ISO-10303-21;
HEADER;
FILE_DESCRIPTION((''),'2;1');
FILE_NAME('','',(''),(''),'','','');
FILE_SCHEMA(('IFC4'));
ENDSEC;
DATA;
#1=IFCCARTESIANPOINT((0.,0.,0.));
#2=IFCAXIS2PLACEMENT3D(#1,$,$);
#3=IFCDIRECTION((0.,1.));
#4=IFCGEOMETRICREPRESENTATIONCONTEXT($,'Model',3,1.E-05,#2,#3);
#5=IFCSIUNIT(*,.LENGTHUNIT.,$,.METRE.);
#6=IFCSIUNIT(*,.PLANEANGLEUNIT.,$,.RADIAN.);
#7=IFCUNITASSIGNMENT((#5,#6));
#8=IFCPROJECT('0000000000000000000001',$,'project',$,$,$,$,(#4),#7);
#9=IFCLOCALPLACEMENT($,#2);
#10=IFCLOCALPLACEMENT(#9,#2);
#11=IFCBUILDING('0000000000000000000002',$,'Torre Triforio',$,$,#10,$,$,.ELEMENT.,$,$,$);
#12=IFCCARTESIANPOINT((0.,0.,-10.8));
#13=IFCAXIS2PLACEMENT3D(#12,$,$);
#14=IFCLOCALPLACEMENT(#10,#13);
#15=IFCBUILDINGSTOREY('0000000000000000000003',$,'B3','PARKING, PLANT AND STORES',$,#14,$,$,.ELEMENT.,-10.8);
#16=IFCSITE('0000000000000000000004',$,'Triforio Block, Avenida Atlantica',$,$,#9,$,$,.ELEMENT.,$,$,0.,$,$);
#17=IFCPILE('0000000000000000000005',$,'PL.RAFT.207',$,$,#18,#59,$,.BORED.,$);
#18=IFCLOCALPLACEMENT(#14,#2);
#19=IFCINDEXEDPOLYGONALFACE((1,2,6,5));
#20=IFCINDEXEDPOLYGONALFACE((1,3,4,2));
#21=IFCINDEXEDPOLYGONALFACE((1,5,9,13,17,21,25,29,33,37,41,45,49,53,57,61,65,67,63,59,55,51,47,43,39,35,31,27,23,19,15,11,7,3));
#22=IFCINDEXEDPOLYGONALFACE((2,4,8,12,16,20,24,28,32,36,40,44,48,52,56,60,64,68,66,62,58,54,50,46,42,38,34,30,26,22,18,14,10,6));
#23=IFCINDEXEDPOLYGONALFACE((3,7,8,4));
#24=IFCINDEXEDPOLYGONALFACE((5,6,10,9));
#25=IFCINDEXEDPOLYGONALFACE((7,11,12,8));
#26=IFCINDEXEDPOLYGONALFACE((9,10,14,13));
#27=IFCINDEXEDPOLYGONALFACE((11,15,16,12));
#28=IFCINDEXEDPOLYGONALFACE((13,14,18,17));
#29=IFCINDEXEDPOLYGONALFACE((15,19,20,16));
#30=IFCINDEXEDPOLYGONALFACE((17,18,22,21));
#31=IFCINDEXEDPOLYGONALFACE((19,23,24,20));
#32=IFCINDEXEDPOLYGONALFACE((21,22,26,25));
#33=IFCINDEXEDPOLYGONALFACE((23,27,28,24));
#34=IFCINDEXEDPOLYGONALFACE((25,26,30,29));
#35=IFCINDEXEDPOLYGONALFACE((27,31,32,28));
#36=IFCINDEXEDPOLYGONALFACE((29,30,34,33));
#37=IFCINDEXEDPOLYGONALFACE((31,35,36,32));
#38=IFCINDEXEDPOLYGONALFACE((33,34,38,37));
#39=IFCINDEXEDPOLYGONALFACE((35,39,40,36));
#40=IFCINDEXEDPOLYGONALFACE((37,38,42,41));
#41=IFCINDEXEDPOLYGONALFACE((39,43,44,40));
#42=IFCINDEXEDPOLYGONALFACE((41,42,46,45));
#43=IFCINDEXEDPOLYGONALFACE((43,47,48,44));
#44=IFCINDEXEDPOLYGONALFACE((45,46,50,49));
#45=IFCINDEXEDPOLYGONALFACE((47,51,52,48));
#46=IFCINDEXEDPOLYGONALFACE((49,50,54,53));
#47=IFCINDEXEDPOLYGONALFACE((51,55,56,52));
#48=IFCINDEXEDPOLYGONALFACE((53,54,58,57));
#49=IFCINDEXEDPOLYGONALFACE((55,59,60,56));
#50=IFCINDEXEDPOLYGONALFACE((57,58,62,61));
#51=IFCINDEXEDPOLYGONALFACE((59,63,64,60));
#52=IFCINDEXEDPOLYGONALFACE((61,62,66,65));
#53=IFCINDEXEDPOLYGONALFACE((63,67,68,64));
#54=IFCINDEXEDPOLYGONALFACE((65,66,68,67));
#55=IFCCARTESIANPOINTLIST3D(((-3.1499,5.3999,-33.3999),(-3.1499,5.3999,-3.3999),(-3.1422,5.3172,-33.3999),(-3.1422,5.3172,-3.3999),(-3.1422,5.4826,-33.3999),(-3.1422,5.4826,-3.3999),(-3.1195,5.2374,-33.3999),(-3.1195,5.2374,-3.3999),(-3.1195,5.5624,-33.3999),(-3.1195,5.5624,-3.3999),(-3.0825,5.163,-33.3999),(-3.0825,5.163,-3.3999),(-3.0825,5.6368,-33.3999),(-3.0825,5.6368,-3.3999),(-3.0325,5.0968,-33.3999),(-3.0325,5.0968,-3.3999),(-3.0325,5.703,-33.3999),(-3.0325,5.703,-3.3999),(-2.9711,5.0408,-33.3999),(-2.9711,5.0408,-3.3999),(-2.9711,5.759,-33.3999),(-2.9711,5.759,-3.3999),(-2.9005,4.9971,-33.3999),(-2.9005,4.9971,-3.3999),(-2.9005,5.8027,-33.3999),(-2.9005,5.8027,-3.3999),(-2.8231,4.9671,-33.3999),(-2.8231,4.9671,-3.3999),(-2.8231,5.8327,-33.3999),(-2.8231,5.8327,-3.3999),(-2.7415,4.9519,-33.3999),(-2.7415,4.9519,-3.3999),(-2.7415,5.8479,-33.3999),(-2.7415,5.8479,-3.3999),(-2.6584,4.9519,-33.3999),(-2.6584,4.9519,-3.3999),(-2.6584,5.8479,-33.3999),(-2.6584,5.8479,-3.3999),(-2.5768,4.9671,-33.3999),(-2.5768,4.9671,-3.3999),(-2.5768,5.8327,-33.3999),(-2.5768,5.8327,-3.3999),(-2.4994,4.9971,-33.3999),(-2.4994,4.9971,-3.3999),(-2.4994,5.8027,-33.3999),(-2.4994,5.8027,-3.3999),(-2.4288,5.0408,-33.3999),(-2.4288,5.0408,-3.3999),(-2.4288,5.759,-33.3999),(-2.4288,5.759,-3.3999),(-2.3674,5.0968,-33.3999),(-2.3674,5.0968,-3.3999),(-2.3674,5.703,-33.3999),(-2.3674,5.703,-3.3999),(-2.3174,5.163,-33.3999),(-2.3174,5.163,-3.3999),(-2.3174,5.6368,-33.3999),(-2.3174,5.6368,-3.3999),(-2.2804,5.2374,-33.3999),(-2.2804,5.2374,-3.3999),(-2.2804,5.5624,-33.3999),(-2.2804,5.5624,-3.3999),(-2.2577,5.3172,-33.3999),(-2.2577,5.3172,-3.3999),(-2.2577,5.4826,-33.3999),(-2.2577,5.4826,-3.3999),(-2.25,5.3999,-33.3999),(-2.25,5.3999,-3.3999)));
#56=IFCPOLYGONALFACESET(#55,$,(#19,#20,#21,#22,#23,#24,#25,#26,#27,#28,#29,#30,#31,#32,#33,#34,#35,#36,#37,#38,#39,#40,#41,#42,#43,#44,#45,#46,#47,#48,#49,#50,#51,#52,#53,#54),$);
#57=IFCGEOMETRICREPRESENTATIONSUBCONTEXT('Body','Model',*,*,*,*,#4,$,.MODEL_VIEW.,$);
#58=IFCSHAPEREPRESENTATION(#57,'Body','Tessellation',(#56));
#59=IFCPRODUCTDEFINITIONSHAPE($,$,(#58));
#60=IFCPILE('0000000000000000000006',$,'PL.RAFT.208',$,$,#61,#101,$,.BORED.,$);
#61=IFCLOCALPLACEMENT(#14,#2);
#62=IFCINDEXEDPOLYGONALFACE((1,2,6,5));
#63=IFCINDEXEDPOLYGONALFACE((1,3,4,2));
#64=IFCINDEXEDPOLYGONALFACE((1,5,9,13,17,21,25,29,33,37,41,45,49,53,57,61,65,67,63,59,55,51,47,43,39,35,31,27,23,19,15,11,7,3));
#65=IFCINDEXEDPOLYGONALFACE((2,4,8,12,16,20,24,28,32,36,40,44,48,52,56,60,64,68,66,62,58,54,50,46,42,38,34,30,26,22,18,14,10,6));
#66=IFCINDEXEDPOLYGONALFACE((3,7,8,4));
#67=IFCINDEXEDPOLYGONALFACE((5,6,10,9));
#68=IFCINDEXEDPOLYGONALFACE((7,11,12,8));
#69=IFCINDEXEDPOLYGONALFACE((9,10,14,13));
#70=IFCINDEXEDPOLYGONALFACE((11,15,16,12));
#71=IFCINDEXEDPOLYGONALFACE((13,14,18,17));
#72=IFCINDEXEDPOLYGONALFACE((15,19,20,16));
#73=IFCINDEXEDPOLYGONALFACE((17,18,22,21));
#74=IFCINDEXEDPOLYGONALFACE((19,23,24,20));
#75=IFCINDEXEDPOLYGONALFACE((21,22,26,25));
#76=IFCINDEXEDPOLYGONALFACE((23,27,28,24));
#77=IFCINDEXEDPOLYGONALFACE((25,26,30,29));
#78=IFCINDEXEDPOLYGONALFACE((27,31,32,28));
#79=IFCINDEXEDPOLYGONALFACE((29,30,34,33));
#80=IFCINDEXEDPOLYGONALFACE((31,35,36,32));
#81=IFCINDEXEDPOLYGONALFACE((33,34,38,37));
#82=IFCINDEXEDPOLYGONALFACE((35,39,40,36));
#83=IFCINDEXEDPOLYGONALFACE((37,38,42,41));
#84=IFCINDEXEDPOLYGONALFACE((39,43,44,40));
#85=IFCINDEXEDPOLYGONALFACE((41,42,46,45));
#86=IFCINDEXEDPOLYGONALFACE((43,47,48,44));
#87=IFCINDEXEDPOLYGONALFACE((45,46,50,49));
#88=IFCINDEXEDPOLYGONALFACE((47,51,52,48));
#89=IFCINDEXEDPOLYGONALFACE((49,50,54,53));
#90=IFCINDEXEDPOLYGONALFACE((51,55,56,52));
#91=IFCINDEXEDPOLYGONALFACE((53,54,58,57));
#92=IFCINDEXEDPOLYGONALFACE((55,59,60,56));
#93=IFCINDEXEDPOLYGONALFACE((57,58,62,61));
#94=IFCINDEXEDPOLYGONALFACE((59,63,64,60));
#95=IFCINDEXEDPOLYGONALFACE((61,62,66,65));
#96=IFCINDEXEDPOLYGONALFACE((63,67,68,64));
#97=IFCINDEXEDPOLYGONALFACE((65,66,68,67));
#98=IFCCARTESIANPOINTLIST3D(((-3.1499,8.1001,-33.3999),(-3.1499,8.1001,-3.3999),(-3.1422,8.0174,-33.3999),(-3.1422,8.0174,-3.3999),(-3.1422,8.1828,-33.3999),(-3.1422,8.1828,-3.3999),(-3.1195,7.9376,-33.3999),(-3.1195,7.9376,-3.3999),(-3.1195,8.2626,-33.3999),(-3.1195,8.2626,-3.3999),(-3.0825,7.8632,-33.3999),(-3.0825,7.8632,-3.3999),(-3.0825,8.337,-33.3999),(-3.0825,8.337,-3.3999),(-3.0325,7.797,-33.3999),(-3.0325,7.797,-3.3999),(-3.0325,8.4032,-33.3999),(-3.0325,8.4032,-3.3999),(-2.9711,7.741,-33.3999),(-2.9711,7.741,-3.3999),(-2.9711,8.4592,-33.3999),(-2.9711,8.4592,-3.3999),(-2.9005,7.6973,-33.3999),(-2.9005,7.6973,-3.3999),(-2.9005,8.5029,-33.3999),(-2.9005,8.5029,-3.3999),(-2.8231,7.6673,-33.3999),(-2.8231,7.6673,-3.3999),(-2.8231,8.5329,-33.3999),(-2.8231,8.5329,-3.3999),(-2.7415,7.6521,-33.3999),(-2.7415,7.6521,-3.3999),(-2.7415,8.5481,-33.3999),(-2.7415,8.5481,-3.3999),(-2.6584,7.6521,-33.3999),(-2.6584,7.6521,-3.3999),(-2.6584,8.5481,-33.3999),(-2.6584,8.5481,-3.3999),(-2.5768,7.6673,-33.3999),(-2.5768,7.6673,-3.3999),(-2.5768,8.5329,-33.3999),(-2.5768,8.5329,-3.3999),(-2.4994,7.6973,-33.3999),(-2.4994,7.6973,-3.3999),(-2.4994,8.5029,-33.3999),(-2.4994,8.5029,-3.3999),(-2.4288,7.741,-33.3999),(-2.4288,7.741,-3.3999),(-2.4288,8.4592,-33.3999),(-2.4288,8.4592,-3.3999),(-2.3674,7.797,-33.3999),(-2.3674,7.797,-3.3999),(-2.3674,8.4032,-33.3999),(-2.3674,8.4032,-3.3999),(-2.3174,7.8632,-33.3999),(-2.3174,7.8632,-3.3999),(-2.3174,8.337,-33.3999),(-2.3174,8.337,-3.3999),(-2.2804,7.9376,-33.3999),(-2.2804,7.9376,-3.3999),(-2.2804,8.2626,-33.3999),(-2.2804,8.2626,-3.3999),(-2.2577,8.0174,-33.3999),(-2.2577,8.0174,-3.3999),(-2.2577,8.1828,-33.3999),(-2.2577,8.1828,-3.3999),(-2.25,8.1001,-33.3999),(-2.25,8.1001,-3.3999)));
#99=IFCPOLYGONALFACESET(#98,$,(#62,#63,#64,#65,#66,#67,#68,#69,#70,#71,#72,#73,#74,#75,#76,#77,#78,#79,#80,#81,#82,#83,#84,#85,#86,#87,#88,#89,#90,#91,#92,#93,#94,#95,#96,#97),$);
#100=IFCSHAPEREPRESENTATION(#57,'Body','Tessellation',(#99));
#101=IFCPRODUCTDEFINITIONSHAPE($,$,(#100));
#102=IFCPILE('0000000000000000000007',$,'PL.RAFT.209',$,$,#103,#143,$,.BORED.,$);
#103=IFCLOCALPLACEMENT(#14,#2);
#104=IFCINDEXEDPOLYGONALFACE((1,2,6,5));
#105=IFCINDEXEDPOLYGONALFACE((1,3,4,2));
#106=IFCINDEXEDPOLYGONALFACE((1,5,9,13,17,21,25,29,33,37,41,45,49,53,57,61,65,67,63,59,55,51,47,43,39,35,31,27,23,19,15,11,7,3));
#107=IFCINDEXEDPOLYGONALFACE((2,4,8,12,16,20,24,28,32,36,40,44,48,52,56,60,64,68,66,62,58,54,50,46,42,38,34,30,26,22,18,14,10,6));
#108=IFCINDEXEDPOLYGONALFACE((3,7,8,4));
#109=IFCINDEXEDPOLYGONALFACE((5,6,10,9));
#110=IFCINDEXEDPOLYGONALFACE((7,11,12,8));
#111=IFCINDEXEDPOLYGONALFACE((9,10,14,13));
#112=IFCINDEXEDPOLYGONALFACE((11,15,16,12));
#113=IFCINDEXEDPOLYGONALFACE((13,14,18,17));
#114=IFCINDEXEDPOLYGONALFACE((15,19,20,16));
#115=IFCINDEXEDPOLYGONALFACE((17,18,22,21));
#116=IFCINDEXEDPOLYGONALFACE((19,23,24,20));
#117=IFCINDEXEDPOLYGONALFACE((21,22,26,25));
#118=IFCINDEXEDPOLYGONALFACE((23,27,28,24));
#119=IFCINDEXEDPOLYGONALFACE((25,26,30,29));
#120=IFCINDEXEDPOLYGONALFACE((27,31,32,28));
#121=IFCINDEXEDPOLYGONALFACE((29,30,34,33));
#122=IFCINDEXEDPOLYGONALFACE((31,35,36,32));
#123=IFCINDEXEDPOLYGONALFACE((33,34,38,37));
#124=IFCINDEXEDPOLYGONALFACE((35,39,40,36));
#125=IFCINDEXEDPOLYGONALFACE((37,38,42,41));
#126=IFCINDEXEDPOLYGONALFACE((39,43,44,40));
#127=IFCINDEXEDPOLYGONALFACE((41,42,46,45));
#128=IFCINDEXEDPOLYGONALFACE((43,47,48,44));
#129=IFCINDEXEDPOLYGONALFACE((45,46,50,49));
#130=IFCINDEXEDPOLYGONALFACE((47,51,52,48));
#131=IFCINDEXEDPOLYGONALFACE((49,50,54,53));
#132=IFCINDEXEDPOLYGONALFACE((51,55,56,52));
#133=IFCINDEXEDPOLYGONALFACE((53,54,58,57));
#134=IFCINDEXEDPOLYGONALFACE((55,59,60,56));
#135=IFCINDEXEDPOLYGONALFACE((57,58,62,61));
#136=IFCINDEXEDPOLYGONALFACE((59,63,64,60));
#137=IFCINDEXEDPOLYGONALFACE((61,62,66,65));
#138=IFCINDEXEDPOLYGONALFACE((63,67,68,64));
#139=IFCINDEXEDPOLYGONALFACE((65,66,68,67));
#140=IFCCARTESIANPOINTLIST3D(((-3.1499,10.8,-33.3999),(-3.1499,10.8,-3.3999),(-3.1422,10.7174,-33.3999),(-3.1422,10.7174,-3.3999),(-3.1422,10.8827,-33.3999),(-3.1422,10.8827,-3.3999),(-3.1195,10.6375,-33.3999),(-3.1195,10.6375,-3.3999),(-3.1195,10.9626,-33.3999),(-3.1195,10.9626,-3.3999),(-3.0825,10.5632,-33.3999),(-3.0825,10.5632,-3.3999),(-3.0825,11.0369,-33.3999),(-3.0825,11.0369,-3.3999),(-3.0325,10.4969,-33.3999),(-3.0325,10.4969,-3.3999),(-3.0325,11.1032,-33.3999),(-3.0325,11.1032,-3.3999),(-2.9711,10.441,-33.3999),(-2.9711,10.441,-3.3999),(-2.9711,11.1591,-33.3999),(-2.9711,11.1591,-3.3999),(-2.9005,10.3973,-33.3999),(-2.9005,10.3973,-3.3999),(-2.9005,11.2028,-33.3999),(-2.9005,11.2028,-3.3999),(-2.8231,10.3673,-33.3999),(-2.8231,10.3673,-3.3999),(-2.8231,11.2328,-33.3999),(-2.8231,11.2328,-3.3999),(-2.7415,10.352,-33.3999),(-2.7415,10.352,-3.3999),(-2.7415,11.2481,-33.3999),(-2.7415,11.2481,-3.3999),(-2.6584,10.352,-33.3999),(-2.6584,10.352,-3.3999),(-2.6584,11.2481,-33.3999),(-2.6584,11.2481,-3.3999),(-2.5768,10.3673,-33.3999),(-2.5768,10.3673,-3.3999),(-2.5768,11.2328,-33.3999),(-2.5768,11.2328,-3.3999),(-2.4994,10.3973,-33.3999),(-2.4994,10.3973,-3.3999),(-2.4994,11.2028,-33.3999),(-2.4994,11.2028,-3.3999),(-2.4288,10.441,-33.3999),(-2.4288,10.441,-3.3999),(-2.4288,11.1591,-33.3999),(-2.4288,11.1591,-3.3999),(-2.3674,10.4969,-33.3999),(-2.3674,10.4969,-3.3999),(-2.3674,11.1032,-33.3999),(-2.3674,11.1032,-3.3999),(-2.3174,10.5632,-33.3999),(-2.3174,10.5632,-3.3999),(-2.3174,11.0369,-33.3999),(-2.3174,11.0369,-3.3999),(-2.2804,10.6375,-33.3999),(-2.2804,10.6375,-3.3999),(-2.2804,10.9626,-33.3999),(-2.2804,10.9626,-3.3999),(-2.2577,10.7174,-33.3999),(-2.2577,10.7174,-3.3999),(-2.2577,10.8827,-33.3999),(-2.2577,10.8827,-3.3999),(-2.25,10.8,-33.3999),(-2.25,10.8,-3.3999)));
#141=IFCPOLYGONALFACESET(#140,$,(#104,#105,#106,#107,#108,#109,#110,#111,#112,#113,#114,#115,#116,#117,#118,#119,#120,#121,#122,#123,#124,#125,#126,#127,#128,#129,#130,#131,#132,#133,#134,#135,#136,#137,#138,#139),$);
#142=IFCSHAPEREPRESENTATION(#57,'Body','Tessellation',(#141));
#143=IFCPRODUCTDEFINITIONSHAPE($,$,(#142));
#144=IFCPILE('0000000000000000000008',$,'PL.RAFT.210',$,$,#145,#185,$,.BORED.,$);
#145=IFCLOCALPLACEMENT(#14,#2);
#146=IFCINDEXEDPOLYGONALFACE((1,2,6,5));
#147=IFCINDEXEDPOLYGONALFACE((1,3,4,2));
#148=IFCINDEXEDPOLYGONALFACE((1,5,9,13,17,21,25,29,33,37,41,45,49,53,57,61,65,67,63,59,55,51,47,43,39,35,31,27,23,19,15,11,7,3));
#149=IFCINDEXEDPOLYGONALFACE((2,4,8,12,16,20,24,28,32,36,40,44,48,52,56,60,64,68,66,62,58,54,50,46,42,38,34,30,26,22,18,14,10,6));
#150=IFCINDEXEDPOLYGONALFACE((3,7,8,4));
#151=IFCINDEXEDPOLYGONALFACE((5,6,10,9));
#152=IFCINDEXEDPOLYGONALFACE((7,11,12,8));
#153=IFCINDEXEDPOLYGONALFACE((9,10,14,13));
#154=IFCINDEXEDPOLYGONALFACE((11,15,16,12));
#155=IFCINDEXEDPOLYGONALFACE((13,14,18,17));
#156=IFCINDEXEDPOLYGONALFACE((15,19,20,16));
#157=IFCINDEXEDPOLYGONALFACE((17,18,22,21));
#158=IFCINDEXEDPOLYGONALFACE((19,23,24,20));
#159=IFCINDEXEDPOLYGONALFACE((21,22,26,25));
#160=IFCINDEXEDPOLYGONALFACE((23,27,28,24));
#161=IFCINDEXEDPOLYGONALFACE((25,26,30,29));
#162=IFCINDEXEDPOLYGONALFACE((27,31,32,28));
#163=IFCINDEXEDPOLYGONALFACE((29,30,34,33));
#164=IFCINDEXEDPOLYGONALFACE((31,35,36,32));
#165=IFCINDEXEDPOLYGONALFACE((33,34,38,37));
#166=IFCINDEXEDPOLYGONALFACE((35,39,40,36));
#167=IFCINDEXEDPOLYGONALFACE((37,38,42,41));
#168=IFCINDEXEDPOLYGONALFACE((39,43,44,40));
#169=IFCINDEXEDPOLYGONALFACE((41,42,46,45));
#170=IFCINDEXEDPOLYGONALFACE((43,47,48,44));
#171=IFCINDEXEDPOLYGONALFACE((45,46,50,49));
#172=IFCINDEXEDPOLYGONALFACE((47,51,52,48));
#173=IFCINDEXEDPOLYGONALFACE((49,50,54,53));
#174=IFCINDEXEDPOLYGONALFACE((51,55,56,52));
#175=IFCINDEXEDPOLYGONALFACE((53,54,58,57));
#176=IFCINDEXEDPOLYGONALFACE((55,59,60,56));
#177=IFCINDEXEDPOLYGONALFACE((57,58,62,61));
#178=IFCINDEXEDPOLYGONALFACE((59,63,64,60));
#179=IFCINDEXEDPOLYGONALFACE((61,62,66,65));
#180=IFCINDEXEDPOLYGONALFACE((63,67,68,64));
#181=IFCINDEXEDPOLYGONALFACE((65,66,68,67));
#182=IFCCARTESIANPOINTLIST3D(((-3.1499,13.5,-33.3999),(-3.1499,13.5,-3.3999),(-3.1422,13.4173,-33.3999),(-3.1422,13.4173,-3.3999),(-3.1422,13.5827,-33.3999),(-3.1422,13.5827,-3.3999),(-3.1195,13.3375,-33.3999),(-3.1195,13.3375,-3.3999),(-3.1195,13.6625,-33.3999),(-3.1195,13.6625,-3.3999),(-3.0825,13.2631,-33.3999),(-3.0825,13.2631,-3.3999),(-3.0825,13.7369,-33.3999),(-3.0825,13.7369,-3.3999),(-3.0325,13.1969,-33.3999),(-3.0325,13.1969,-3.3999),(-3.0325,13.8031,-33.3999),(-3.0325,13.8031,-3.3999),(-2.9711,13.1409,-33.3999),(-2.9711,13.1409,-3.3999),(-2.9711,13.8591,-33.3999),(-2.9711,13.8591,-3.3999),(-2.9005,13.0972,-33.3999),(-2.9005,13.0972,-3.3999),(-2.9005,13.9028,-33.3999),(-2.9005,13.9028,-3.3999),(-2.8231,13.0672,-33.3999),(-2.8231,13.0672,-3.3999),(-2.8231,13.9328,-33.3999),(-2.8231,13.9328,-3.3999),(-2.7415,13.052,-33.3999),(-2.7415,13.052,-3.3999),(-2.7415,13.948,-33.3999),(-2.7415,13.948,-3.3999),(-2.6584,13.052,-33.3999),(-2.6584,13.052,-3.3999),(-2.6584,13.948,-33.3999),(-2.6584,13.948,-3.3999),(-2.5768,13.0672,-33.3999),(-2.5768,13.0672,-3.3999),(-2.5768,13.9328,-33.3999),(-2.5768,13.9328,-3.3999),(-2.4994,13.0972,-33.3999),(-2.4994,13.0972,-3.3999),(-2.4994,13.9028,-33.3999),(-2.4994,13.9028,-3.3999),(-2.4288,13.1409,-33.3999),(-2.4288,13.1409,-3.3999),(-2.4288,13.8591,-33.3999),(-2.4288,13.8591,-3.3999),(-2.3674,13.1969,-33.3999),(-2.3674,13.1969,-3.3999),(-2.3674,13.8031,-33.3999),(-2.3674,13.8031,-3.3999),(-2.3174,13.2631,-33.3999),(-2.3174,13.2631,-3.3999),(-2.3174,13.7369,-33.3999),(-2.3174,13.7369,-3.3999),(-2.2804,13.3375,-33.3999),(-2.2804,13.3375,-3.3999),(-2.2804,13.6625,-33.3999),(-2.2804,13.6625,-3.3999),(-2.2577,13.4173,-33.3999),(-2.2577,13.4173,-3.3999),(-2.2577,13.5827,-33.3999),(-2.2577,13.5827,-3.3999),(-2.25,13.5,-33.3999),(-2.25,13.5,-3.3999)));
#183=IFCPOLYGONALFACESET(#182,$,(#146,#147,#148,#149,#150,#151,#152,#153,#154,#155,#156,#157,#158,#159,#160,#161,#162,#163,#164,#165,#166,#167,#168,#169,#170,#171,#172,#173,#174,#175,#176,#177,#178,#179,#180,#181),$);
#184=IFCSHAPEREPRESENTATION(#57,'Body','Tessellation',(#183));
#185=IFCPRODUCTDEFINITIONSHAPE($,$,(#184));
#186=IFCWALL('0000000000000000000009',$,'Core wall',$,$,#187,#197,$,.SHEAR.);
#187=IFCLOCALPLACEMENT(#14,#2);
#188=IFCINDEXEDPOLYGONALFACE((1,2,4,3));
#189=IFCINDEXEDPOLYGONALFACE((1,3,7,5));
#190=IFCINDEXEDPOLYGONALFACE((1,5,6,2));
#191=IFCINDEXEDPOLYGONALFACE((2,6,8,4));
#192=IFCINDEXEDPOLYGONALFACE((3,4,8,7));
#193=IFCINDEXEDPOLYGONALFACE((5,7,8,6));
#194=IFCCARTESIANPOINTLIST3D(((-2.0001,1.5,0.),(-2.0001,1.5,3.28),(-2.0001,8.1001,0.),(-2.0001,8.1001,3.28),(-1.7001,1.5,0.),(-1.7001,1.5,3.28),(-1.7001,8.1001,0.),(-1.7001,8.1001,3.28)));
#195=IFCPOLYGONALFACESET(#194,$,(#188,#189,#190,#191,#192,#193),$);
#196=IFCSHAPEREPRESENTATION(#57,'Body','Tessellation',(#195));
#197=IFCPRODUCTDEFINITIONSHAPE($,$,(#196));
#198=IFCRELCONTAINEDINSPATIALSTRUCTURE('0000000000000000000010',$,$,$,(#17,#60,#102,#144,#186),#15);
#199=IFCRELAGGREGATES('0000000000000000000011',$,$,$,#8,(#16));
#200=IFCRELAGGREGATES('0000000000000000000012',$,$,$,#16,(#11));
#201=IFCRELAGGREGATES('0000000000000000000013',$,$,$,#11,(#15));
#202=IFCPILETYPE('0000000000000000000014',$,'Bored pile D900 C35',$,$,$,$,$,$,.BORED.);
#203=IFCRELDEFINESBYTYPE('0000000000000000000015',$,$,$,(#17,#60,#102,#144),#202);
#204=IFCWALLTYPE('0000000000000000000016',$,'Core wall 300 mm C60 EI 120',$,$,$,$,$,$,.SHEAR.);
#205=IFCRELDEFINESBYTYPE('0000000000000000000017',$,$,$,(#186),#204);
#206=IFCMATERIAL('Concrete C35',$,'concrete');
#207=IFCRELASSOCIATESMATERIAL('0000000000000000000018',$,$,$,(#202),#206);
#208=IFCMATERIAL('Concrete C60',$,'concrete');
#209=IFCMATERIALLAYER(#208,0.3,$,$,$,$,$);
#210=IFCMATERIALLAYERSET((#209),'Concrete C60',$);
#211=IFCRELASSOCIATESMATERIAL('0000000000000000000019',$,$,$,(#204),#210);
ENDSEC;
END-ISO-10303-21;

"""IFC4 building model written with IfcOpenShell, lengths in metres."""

from ifc_helpers import new_model, si_unit, direction, frame, frame_2d, origin, origin_2d, place, context, subcontext, project, spatial, rectangle, circle, extrude, material, layer, layer_set, material_profile, profile_set, type_object, element, save


model = new_model("IFC4")

# Units and contexts
model_context = context("Model", 3, precision=1e-05, world=origin(), true_north=direction((0.0, 1.0)))
body_context = subcontext(model_context, "Body", "Model", "MODEL_VIEW")
ifc_project = project(units=[si_unit("LENGTHUNIT", "METRE"), si_unit("PLANEANGLEUNIT", "RADIAN")], contexts=[model_context])

# Site, building, storey
site_placement = place(None, origin())
site = spatial("IfcSite", under=ifc_project, at=site_placement, Name="Triforio Block, Avenida Atlantica", CompositionType="ELEMENT", RefElevation=0.0)
building_placement = place(site_placement, origin())
building = spatial("IfcBuilding", under=site, at=building_placement, Name="Torre Triforio", CompositionType="ELEMENT")
storey_placement = place(building_placement, frame((0.0, 0.0, -10.8)))
storey = spatial("IfcBuildingStorey", under=building, at=storey_placement, Name="B3", Description="PARKING, PLANT AND STORES", CompositionType="ELEMENT", Elevation=-10.8)

# Piles
ifc_material_1 = material(Name="Concrete C35", Category="concrete")
ifc_material_profile = material_profile(ifc_material_1, circle(Radius=0.45, at=origin_2d()), Name="RC D900")
ifc_profile_set = profile_set([ifc_material_profile], Name="Concrete C35")
pile_type = type_object("IfcPileType", Name="Bored pile D900 C35", PredefinedType="BORED", material=ifc_profile_set)
for number, where, z_axis, x_axis, name in (
    (1, (-2.7, 5.3999, -3.3999), (0.0, 0.0, -1.0), (1.0, 0.0, 0.0), "PL.RAFT.207"),
    (2, (-2.7, 8.1001, -3.3999), (0.0, 0.0, -1.0), (1.0, 0.0, 0.0), "PL.RAFT.208"),
    (3, (-2.7, 10.8, -3.3999), (0.0, 0.0, -1.0), (1.0, 0.0, 0.0), "PL.RAFT.209"),
    (4, (-2.7, 13.5, -3.3999), (0.0, 0.0, -1.0), (1.0, 0.0, 0.0), "PL.RAFT.210"),
):
    element("IfcPile", number, at=place(storey_placement, frame(where, z_axis=z_axis, x_axis=x_axis)), inside=storey, type_object=pile_type, Name=name, PredefinedType="BORED", context=body_context, shape_type="SweptSolid", body=[
        extrude(circle(Radius=0.45, at=origin_2d()), origin(), (0.0, 0.0, 1.0), 30.0),
    ])

# Wall
ifc_material_2 = material(Name="Concrete C60", Category="concrete")
ifc_layer_1 = layer(ifc_material_2, 0.3)
ifc_layer_set_1 = layer_set([ifc_layer_1], Name="Concrete C60")
wall_type_1 = type_object("IfcWallType", Name="Core wall 300 mm C60 EI 120", PredefinedType="SHEAR", material=ifc_layer_set_1)
wall_1_placement = place(storey_placement, frame((-1.8501, 1.5, 0.0), z_axis=(0.0, 0.0, 1.0), x_axis=(0.0, 1.0, 0.0)))
element("IfcWall", 5, at=wall_1_placement, inside=storey, type_object=wall_type_1, Name="Core wall", PredefinedType="SHEAR", context=body_context, shape_type="SweptSolid", body=[
    extrude(rectangle(XDim=6.6001, YDim=0.3, at=frame_2d((3.3, 0.0))), origin(), (0.0, 0.0, 1.0), 3.28),
])

save(model, "model.ifc")
